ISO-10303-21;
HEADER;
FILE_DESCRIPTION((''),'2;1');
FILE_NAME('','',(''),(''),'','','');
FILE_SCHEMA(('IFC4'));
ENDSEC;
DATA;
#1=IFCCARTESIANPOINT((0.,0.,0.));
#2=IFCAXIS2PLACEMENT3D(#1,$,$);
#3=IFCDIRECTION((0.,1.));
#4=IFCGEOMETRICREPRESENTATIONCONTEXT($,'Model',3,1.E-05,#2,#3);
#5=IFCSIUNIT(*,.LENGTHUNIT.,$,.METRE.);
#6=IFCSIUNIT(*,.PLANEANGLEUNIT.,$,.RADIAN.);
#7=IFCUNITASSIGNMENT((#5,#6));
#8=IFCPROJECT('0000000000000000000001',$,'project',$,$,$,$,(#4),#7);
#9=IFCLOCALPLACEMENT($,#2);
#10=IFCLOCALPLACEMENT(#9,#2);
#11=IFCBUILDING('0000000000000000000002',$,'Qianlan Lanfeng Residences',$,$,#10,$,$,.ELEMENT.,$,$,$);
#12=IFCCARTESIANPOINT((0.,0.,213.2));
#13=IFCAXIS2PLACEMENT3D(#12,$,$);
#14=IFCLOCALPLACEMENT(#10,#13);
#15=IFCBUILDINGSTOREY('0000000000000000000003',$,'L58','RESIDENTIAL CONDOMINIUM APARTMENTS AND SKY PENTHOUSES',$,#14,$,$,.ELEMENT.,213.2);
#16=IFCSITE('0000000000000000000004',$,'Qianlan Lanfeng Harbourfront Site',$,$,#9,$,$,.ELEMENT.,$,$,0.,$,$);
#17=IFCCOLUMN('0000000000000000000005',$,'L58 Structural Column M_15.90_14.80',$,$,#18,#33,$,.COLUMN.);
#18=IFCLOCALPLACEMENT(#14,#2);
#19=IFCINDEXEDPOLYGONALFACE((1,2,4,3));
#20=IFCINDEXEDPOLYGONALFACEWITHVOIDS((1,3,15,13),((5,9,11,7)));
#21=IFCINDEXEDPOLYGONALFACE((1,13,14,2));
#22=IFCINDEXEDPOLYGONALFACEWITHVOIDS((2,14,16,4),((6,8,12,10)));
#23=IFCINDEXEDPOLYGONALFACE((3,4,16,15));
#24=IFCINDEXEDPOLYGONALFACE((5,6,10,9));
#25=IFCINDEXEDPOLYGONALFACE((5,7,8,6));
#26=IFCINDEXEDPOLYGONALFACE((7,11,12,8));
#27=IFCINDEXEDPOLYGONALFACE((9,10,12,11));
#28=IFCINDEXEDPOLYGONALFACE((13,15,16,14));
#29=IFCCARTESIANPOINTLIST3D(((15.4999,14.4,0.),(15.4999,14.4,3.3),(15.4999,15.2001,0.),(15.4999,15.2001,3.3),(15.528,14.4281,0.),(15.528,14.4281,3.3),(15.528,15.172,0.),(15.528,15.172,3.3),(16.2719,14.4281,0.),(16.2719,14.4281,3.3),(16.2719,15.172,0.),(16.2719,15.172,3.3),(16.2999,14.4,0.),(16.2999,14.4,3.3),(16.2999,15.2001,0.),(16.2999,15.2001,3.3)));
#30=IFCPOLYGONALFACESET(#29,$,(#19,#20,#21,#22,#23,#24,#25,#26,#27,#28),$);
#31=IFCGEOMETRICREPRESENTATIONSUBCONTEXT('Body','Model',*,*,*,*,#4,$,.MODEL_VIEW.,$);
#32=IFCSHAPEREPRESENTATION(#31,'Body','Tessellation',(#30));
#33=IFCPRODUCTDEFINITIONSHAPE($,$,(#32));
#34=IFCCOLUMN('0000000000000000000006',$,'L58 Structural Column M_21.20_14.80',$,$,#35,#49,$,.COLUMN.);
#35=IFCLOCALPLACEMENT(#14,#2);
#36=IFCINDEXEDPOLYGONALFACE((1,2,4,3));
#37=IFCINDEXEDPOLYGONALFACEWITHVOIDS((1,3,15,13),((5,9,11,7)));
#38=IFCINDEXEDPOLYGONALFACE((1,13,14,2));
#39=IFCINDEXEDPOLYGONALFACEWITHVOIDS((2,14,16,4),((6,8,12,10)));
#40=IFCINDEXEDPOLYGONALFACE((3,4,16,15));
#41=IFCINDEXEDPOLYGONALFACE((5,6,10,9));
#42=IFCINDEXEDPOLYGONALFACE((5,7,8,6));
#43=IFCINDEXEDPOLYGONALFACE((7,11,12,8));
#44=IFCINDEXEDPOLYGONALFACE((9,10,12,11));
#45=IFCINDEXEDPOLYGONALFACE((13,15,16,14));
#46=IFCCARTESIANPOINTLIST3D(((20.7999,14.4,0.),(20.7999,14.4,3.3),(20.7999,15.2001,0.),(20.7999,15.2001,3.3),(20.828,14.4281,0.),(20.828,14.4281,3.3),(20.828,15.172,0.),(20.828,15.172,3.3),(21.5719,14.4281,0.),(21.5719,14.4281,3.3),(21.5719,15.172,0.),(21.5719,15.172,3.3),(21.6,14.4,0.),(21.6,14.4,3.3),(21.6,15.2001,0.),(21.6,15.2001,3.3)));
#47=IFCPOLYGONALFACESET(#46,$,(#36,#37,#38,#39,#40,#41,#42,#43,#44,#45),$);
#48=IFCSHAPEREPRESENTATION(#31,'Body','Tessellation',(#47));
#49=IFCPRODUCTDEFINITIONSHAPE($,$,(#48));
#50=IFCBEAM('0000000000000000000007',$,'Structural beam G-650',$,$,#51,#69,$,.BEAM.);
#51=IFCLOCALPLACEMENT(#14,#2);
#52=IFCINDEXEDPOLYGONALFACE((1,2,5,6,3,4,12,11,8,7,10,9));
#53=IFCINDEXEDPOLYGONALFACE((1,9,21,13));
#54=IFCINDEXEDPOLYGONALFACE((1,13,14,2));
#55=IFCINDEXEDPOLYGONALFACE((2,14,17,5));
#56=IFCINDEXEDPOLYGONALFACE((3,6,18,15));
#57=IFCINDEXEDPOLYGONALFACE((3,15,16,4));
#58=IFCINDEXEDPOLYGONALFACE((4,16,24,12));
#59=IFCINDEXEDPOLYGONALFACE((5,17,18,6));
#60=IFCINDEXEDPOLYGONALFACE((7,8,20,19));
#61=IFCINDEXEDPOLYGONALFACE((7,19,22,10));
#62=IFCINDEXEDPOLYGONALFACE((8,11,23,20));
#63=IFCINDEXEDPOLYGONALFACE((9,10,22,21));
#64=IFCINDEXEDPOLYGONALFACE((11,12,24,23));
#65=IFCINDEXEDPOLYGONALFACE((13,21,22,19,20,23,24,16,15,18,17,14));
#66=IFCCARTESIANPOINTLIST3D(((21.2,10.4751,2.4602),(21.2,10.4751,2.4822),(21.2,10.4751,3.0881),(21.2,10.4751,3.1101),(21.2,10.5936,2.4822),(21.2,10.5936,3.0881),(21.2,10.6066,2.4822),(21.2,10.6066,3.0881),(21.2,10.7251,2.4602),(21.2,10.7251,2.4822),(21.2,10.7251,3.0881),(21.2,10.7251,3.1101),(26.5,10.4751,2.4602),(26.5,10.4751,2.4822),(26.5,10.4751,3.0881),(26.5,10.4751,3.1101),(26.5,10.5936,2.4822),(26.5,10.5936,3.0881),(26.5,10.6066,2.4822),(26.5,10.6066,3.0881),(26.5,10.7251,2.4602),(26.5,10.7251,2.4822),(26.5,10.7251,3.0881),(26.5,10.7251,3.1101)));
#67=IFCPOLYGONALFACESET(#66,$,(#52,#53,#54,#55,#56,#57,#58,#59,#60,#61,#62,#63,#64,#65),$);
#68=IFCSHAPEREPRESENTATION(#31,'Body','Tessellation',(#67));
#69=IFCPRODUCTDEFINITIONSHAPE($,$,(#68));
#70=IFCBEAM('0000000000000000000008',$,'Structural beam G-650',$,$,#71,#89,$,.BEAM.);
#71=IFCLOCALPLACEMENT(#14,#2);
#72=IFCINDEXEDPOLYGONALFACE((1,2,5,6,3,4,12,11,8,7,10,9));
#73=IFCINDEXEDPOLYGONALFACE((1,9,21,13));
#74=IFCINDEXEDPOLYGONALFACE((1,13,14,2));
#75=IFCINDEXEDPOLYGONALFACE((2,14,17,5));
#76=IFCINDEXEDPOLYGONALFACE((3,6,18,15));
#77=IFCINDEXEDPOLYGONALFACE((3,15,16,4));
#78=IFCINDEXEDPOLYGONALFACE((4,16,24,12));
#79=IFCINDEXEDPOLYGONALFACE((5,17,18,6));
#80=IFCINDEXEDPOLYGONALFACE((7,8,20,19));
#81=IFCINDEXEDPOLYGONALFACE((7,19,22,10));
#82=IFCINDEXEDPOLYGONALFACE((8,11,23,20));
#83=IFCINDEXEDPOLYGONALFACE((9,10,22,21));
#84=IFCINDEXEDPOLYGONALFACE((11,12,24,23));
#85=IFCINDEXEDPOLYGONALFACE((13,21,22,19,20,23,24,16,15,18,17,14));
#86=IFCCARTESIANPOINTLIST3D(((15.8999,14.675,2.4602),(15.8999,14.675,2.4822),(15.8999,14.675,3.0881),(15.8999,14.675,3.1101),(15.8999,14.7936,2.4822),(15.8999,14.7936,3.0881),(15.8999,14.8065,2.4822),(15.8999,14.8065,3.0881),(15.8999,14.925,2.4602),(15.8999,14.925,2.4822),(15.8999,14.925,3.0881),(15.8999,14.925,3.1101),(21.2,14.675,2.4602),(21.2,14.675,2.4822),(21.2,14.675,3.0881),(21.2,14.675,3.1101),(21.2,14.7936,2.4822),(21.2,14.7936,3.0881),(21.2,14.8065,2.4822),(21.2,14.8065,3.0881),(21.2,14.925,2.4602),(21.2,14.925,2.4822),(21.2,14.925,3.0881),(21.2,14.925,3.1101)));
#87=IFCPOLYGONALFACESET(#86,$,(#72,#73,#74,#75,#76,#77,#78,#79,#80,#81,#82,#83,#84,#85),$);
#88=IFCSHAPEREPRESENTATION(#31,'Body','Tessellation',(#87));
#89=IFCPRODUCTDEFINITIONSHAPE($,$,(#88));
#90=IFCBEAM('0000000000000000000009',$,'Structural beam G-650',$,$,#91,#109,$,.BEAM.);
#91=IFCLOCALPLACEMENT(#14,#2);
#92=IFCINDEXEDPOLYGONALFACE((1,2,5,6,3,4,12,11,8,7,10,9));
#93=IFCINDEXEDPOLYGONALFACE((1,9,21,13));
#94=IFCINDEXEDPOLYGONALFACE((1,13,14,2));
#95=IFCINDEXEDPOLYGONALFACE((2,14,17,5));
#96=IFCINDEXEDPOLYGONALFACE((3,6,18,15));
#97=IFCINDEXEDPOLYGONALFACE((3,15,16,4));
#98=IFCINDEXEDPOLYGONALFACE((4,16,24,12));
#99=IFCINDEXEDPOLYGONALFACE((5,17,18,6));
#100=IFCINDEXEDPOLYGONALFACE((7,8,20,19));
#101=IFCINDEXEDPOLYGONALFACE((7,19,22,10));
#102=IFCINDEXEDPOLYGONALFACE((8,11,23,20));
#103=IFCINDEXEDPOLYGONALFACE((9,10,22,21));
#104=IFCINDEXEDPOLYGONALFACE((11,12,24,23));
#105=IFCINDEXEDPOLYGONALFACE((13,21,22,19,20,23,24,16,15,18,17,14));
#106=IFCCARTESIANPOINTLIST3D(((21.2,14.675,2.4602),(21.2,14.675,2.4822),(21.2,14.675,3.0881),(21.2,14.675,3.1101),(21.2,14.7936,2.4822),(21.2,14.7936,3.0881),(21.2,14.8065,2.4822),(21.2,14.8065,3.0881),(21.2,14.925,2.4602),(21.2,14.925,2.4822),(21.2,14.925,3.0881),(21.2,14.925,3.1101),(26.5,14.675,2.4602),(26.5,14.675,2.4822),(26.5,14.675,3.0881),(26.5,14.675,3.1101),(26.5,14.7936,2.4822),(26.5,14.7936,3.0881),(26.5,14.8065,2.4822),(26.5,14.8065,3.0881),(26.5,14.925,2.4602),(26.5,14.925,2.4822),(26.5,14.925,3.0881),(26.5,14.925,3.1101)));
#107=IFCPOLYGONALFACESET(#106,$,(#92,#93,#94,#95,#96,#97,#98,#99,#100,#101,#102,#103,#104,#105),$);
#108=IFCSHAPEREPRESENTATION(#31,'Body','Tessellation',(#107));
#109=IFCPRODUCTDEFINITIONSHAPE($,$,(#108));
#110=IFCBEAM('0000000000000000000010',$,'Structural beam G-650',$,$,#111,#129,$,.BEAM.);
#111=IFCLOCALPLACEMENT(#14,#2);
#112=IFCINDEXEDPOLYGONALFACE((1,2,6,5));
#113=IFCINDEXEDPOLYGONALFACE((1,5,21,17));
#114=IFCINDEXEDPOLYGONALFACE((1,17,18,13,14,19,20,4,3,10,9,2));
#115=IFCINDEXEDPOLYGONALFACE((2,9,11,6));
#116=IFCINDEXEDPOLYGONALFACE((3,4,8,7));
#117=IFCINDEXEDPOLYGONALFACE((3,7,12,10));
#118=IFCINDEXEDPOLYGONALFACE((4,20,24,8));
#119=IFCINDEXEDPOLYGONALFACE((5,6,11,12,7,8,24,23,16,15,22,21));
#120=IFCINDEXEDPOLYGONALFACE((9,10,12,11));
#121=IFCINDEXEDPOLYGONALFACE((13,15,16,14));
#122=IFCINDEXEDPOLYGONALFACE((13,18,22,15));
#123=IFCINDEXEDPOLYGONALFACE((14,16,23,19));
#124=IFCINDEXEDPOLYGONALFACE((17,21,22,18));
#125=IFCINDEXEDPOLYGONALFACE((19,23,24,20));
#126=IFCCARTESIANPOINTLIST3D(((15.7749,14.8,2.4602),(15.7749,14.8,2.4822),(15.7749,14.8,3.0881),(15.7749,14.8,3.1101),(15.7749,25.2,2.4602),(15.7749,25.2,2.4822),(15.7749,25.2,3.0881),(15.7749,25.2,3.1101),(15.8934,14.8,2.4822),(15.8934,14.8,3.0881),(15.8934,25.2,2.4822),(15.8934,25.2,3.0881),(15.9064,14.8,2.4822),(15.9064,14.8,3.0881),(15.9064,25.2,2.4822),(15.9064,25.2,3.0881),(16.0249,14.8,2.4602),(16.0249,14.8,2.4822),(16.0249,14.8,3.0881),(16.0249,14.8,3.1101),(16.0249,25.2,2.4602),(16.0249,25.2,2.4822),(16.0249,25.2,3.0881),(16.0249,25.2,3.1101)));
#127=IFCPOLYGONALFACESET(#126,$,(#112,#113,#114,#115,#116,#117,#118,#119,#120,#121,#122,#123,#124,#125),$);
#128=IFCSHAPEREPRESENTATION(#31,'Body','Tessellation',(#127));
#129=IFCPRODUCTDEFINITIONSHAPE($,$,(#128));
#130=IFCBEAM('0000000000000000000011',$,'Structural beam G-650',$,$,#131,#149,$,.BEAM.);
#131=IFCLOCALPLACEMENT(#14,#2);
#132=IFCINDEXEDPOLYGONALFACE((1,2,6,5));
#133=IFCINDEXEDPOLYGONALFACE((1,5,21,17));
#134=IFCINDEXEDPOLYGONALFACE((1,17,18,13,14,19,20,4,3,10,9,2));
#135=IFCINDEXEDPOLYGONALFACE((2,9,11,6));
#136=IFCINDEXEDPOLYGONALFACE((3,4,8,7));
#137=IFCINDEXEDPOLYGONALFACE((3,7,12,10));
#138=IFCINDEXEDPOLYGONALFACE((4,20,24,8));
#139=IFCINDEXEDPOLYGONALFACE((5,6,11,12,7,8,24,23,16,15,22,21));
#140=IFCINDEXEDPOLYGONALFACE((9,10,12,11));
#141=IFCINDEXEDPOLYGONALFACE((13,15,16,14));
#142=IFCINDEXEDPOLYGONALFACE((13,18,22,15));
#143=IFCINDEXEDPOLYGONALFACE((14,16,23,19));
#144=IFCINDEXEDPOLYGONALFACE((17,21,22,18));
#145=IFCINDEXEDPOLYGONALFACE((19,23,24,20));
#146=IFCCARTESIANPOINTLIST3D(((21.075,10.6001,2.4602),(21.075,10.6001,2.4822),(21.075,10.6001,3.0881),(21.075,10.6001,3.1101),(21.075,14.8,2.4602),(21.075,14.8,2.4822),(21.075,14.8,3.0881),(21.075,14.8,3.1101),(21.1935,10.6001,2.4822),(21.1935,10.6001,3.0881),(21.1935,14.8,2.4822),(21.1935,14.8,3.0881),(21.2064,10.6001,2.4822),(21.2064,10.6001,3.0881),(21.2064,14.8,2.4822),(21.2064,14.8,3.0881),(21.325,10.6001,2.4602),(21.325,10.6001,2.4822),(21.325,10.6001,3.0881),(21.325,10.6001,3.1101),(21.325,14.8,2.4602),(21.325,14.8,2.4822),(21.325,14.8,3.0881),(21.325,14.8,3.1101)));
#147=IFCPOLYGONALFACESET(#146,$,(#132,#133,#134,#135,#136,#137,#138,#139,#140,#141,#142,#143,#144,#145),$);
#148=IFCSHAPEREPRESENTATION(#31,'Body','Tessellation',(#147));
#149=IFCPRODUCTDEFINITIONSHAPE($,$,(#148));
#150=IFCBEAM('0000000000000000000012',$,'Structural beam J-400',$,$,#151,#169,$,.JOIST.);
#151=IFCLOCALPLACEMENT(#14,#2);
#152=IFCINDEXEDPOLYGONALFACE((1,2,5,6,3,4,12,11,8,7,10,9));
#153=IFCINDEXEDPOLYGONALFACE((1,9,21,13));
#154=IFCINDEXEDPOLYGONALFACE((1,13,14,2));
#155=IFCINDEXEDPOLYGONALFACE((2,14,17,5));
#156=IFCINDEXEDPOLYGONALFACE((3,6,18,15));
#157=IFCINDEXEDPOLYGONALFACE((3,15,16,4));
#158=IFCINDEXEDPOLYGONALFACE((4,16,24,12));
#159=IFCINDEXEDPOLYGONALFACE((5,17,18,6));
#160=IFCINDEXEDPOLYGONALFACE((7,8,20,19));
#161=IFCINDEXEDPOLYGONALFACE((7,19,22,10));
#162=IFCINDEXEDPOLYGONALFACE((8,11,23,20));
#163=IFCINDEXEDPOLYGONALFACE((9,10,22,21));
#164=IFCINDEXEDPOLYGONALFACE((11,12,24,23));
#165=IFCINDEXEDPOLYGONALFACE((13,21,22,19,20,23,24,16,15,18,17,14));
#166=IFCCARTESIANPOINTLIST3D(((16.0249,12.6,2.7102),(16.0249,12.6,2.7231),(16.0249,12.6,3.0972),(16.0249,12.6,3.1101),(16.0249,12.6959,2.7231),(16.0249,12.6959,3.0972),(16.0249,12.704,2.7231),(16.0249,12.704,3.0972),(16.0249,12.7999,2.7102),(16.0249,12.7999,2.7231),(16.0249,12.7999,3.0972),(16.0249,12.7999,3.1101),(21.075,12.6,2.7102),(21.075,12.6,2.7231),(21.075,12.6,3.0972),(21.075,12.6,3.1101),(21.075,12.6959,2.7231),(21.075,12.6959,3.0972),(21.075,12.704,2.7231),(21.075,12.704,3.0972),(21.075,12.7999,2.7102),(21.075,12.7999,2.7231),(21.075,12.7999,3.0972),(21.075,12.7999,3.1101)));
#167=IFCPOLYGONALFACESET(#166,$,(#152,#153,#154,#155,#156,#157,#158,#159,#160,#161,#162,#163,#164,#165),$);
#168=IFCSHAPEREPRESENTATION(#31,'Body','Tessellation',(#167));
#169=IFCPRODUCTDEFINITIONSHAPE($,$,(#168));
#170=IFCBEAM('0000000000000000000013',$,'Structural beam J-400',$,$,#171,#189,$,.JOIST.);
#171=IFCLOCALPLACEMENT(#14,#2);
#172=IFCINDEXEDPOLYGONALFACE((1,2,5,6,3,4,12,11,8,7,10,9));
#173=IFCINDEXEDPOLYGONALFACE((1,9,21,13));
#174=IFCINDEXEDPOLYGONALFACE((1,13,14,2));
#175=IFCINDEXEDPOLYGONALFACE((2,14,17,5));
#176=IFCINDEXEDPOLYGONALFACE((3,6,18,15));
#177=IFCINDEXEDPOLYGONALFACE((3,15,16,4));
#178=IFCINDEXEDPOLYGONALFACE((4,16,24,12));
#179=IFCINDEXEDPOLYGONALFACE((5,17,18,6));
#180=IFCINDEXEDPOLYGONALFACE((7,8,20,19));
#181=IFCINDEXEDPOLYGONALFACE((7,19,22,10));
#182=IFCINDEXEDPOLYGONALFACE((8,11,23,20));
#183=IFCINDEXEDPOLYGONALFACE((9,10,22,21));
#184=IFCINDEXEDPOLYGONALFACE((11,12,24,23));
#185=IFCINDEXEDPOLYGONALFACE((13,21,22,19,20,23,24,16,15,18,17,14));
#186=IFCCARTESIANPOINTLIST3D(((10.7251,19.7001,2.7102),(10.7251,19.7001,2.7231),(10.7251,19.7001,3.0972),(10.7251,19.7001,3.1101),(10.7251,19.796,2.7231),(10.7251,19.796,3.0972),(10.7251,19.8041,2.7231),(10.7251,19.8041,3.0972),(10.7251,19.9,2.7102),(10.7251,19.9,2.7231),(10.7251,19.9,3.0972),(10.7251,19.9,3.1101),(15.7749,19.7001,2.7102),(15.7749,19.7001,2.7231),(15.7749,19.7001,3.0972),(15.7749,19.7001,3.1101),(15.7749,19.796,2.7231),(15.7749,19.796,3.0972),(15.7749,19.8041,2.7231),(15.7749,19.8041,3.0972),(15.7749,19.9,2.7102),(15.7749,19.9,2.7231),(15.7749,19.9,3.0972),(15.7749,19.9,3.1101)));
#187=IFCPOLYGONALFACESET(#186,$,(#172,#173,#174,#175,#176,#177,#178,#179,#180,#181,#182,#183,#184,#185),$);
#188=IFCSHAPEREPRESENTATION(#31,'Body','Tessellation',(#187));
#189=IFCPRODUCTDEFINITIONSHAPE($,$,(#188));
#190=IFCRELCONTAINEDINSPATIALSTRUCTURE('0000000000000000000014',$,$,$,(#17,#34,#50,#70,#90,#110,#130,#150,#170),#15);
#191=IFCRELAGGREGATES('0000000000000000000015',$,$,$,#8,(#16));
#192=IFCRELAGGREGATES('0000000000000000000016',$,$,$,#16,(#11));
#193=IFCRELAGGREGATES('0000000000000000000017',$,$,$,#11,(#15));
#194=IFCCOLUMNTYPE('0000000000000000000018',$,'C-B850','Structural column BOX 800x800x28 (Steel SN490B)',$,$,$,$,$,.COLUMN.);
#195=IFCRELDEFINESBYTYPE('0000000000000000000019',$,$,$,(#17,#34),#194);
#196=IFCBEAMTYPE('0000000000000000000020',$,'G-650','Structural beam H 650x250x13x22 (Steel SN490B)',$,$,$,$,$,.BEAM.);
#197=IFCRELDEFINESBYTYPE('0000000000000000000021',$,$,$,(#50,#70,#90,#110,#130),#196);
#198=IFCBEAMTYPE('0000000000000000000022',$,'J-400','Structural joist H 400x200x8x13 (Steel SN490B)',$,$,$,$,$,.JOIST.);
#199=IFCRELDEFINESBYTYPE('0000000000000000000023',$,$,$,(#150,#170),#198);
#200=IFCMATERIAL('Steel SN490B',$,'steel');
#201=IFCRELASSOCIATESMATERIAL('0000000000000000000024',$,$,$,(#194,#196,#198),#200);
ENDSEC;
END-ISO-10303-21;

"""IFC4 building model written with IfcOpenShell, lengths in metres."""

from ifc_helpers import new_model, si_unit, direction, frame, origin, origin_2d, place, context, subcontext, project, spatial, hollow_rectangle, i_section, extrude, material, material_profile, profile_set, type_object, element, save


model = new_model("IFC4")

# Units and contexts
model_context = context("Model", 3, precision=1e-05, world=origin(), true_north=direction((0.0, 1.0)))
body_context = subcontext(model_context, "Body", "Model", "MODEL_VIEW")
ifc_project = project(units=[si_unit("LENGTHUNIT", "METRE"), si_unit("PLANEANGLEUNIT", "RADIAN")], contexts=[model_context])

# Site, building, storey
site_placement = place(None, origin())
site = spatial("IfcSite", under=ifc_project, at=site_placement, Name="Qianlan Lanfeng Harbourfront Site", CompositionType="ELEMENT", RefElevation=0.0)
building_placement = place(site_placement, origin())
building = spatial("IfcBuilding", under=site, at=building_placement, Name="Qianlan Lanfeng Residences", CompositionType="ELEMENT")
storey_placement = place(building_placement, frame((0.0, 0.0, 213.2)))
storey = spatial("IfcBuildingStorey", under=building, at=storey_placement, Name="L58", Description="RESIDENTIAL CONDOMINIUM APARTMENTS AND SKY PENTHOUSES", CompositionType="ELEMENT", Elevation=213.2)

# Columns
ifc_material_1 = material(Name="Steel SN490B", Category="steel")
ifc_material_profile_1 = material_profile(ifc_material_1, hollow_rectangle(XDim=0.8, YDim=0.8, WallThickness=0.0281, at=origin_2d()), Name="BOX 800x800x28")
ifc_profile_set_1 = profile_set([ifc_material_profile_1], Name="Steel SN490B")
column_type = type_object("IfcColumnType", Name="C-B850", Description="Structural column BOX 800x800x28 (Steel SN490B)", PredefinedType="COLUMN", material=ifc_profile_set_1)
for number, where, z_axis, x_axis, name in (
    (1, (15.8999, 14.8, 0.0), (0.0, 0.0, 1.0), (1.0, 0.0, 0.0), "L58 Structural Column M_15.90_14.80"),
    (2, (21.2, 14.8, 0.0), (0.0, 0.0, 1.0), (1.0, 0.0, 0.0), "L58 Structural Column M_21.20_14.80"),
):
    element("IfcColumn", number, at=place(storey_placement, frame(where, z_axis=z_axis, x_axis=x_axis)), inside=storey, type_object=column_type, Name=name, PredefinedType="COLUMN", context=body_context, shape_type="SweptSolid", body=[
        extrude(hollow_rectangle(XDim=0.8, YDim=0.8, WallThickness=0.0281, at=origin_2d()), origin(), (0.0, 0.0, 1.0), 3.3),
    ])

# Beams
ifc_material_profile_2 = material_profile(ifc_material_1, i_section(OverallWidth=0.25, OverallDepth=0.6499, WebThickness=0.0129, FlangeThickness=0.022, at=origin_2d()), Name="H 650x250x13x22")
ifc_profile_set_2 = profile_set([ifc_material_profile_2], Name="Steel SN490B")
beam_type_1 = type_object("IfcBeamType", Name="G-650", Description="Structural beam H 650x250x13x22 (Steel SN490B)", PredefinedType="BEAM", material=ifc_profile_set_2)
for number, where, z_axis, x_axis, name in (
    (3, (21.2, 10.6001, 2.7852), (1.0, 0.0, 0.0), (0.0, 1.0, 0.0), "Structural beam G-650"),
    (4, (15.8999, 14.8, 2.7852), (1.0, 0.0, 0.0), (0.0, 1.0, 0.0), "Structural beam G-650"),
    (5, (21.2, 14.8, 2.7852), (1.0, 0.0, 0.0), (0.0, 1.0, 0.0), "Structural beam G-650"),
):
    element("IfcBeam", number, at=place(storey_placement, frame(where, z_axis=z_axis, x_axis=x_axis)), inside=storey, type_object=beam_type_1, Name=name, PredefinedType="BEAM", context=body_context, shape_type="SweptSolid", body=[
        extrude(i_section(OverallWidth=0.25, OverallDepth=0.6499, WebThickness=0.0129, FlangeThickness=0.022, at=origin_2d()), origin(), (0.0, 0.0, 1.0), 5.3),
    ])
beam_1_placement = place(storey_placement, frame((15.8999, 14.8, 2.7852), z_axis=(0.0, 1.0, 0.0), x_axis=(-1.0, 0.0, 0.0)))
element("IfcBeam", 6, at=beam_1_placement, inside=storey, type_object=beam_type_1, Name="Structural beam G-650", PredefinedType="BEAM", context=body_context, shape_type="SweptSolid", body=[
    extrude(i_section(OverallWidth=0.25, OverallDepth=0.6499, WebThickness=0.0129, FlangeThickness=0.022, at=origin_2d()), origin(), (0.0, 0.0, 1.0), 10.3999),
])
beam_2_placement = place(storey_placement, frame((21.2, 10.6001, 2.7852), z_axis=(0.0, 1.0, 0.0), x_axis=(-1.0, 0.0, 0.0)))
element("IfcBeam", 7, at=beam_2_placement, inside=storey, type_object=beam_type_1, Name="Structural beam G-650", PredefinedType="BEAM", context=body_context, shape_type="SweptSolid", body=[
    extrude(i_section(OverallWidth=0.25, OverallDepth=0.6499, WebThickness=0.0129, FlangeThickness=0.022, at=origin_2d()), origin(), (0.0, 0.0, 1.0), 4.2),
])
ifc_material_profile_3 = material_profile(ifc_material_1, i_section(OverallWidth=0.2, OverallDepth=0.3999, WebThickness=0.0081, FlangeThickness=0.0129, at=origin_2d()), Name="H 400x200x8x13")
ifc_profile_set_3 = profile_set([ifc_material_profile_3], Name="Steel SN490B")
beam_type_2 = type_object("IfcBeamType", Name="J-400", Description="Structural joist H 400x200x8x13 (Steel SN490B)", PredefinedType="JOIST", material=ifc_profile_set_3)
beam_3_placement = place(storey_placement, frame((16.0249, 12.7, 2.9102), z_axis=(1.0, 0.0, 0.0), x_axis=(0.0, 1.0, 0.0)))
element("IfcBeam", 8, at=beam_3_placement, inside=storey, type_object=beam_type_2, Name="Structural beam J-400", PredefinedType="JOIST", context=body_context, shape_type="SweptSolid", body=[
    extrude(i_section(OverallWidth=0.2, OverallDepth=0.3999, WebThickness=0.0081, FlangeThickness=0.0129, at=origin_2d()), origin(), (0.0, 0.0, 1.0), 5.05),
])
beam_4_placement = place(storey_placement, frame((10.7251, 19.8, 2.9102), z_axis=(1.0, 0.0, 0.0), x_axis=(0.0, 1.0, 0.0)))
element("IfcBeam", 9, at=beam_4_placement, inside=storey, type_object=beam_type_2, Name="Structural beam J-400", PredefinedType="JOIST", context=body_context, shape_type="SweptSolid", body=[
    extrude(i_section(OverallWidth=0.2, OverallDepth=0.3999, WebThickness=0.0081, FlangeThickness=0.0129, at=origin_2d()), origin(), (0.0, 0.0, 1.0), 5.0498),
])

save(model, "model.ifc")
